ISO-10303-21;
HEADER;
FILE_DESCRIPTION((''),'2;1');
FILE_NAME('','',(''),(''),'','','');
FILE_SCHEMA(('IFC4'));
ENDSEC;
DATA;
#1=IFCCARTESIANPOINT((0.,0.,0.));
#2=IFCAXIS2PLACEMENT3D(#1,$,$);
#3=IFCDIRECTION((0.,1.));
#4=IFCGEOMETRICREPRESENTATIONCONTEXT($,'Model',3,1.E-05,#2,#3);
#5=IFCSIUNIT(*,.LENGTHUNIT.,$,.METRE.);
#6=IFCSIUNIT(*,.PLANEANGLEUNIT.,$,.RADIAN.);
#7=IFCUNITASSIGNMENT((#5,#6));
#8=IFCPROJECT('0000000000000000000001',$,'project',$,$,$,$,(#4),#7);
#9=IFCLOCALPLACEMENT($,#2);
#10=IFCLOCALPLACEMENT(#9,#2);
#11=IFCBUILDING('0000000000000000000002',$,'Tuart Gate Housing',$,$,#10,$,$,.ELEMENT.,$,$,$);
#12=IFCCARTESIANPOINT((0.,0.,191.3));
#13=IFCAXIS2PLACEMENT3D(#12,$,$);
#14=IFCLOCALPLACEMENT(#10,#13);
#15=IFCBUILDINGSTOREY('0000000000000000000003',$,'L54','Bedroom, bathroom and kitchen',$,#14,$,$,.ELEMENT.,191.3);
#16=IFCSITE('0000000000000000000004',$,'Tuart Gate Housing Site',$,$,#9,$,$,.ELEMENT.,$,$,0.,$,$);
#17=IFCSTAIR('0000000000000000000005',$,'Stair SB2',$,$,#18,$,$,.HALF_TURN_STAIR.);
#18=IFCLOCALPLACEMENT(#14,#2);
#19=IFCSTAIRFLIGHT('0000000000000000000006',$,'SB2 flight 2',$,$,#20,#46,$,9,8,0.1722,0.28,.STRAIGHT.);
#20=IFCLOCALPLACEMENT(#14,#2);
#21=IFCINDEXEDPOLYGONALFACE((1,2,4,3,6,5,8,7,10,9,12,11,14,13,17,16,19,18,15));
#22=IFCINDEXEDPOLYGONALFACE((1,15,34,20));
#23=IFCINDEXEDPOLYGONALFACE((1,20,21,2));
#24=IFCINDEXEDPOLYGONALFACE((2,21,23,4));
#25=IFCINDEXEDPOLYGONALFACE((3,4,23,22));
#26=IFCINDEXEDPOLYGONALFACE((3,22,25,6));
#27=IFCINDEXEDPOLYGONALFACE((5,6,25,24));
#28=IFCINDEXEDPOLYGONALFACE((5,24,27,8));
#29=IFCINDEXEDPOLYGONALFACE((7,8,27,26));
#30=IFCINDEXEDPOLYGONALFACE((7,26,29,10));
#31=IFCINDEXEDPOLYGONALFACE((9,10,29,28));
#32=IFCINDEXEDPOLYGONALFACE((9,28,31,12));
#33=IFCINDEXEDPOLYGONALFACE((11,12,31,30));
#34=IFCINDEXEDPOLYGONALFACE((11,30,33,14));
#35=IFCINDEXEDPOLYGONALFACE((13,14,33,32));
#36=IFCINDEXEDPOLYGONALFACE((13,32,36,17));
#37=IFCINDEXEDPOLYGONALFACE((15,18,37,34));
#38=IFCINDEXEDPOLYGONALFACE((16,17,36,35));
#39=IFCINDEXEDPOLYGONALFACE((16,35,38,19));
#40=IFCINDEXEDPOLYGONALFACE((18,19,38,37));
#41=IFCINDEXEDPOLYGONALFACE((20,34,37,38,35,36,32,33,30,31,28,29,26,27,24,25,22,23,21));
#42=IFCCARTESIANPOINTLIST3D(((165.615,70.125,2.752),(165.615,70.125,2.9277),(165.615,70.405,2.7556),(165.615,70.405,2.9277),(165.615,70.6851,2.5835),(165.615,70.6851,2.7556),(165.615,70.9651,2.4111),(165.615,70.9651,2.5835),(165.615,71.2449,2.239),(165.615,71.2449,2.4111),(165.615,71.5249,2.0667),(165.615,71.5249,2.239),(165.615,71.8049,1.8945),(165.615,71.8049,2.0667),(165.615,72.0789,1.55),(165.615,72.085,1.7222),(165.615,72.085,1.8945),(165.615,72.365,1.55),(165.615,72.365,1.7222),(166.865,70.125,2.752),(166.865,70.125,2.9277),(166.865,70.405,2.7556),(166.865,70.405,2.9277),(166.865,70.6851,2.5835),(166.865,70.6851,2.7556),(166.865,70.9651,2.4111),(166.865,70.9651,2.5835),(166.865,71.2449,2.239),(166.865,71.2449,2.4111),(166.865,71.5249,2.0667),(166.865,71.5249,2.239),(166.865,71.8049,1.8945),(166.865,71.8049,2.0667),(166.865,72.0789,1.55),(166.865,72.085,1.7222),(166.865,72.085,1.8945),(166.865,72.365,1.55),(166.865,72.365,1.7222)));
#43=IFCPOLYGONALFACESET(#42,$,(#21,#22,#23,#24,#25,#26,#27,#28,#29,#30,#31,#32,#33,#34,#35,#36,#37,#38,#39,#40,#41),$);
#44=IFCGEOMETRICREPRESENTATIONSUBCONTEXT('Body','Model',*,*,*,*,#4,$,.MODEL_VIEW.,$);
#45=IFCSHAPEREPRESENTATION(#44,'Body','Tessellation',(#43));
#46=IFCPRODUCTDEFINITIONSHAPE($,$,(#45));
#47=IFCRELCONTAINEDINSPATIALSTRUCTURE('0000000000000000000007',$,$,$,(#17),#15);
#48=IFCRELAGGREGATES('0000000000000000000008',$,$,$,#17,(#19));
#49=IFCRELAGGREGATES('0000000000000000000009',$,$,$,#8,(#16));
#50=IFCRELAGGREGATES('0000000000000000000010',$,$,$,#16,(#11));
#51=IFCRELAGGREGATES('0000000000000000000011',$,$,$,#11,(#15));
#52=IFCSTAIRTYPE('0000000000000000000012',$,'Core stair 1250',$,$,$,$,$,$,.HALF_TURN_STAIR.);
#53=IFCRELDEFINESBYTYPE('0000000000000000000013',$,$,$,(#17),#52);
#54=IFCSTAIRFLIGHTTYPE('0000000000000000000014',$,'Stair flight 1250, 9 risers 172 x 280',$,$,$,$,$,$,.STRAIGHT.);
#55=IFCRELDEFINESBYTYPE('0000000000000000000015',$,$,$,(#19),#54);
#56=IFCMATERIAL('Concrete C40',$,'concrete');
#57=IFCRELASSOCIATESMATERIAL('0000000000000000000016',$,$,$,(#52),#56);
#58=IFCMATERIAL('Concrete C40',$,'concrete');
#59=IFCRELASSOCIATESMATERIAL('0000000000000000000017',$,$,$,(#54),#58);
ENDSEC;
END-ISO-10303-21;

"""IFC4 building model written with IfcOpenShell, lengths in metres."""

from ifc_helpers import new_model, si_unit, direction, frame, origin, place, context, subcontext, project, spatial, polyline, outline, extrude, material, type_object, element, aggregate, save


model = new_model("IFC4")

# Units and contexts
model_context = context("Model", 3, precision=1e-05, world=origin(), true_north=direction((0.0, 1.0)))
body_context = subcontext(model_context, "Body", "Model", "MODEL_VIEW")
ifc_project = project(units=[si_unit("LENGTHUNIT", "METRE"), si_unit("PLANEANGLEUNIT", "RADIAN")], contexts=[model_context])

# Site, building, storey
site_placement = place(None, origin())
site = spatial("IfcSite", under=ifc_project, at=site_placement, Name="Tuart Gate Housing Site", CompositionType="ELEMENT", RefElevation=0.0)
building_placement = place(site_placement, origin())
building = spatial("IfcBuilding", under=site, at=building_placement, Name="Tuart Gate Housing", CompositionType="ELEMENT")
storey_placement = place(building_placement, frame((0.0, 0.0, 191.3)))
storey = spatial("IfcBuildingStorey", under=building, at=storey_placement, Name="L54", Description="Bedroom, bathroom and kitchen", CompositionType="ELEMENT", Elevation=191.3)

# Stair, stair flight
ifc_material_1 = material(Name="Concrete C40", Category="concrete")
stair_type = type_object("IfcStairType", Name="Core stair 1250", PredefinedType="HALF_TURN_STAIR", material=ifc_material_1)
stair_placement = place(storey_placement, origin())
stair = element("IfcStair", 1, at=stair_placement, inside=storey, type_object=stair_type, Name="Stair SB2", PredefinedType="HALF_TURN_STAIR")
ifc_material_2 = material(Name="Concrete C40", Category="concrete")
stair_flight_type = type_object("IfcStairFlightType", Name="Stair flight 1250, 9 risers 172 x 280", PredefinedType="STRAIGHT", material=ifc_material_2)
stair_flight_placement = place(storey_placement, frame((166.24, 72.365, 1.55), z_axis=(0.0, 0.0, 1.0), x_axis=(0.0, -1.0, 0.0)))
stair_flight = element("IfcStairFlight", 2, at=stair_flight_placement, type_object=stair_flight_type, Name="SB2 flight 2", NumberOfRisers=9, NumberOfTreads=8, PredefinedType="STRAIGHT", RiserHeight=0.1722, TreadLength=0.28, context=body_context, shape_type="SweptSolid", body=[
    extrude(outline(polyline([(0.0, 0.0), (0.0, 0.1721), (0.28, 0.1721), (0.28, 0.3445), (0.5601, 0.3445), (0.5601, 0.5166), (0.8401, 0.5166), (0.8401, 0.689), (1.1201, 0.689), (1.1201, 0.8611), (1.3999, 0.8611), (1.3999, 1.0334), (1.6799, 1.0334), (1.6799, 1.2056), (1.96, 1.2056), (1.96, 1.3777), (2.24, 1.3777), (2.24, 1.55), (2.24, 1.2019), (0.2861, 0.0), (0.0, 0.0)])), frame((0.0, 0.625, 0.0), z_axis=(0.0, -1.0, 0.0), x_axis=(1.0, 0.0, 0.0)), (0.0, 0.0, 1.0), 1.25),
])
aggregate(stair, [stair_flight])

save(model, "model.ifc")
